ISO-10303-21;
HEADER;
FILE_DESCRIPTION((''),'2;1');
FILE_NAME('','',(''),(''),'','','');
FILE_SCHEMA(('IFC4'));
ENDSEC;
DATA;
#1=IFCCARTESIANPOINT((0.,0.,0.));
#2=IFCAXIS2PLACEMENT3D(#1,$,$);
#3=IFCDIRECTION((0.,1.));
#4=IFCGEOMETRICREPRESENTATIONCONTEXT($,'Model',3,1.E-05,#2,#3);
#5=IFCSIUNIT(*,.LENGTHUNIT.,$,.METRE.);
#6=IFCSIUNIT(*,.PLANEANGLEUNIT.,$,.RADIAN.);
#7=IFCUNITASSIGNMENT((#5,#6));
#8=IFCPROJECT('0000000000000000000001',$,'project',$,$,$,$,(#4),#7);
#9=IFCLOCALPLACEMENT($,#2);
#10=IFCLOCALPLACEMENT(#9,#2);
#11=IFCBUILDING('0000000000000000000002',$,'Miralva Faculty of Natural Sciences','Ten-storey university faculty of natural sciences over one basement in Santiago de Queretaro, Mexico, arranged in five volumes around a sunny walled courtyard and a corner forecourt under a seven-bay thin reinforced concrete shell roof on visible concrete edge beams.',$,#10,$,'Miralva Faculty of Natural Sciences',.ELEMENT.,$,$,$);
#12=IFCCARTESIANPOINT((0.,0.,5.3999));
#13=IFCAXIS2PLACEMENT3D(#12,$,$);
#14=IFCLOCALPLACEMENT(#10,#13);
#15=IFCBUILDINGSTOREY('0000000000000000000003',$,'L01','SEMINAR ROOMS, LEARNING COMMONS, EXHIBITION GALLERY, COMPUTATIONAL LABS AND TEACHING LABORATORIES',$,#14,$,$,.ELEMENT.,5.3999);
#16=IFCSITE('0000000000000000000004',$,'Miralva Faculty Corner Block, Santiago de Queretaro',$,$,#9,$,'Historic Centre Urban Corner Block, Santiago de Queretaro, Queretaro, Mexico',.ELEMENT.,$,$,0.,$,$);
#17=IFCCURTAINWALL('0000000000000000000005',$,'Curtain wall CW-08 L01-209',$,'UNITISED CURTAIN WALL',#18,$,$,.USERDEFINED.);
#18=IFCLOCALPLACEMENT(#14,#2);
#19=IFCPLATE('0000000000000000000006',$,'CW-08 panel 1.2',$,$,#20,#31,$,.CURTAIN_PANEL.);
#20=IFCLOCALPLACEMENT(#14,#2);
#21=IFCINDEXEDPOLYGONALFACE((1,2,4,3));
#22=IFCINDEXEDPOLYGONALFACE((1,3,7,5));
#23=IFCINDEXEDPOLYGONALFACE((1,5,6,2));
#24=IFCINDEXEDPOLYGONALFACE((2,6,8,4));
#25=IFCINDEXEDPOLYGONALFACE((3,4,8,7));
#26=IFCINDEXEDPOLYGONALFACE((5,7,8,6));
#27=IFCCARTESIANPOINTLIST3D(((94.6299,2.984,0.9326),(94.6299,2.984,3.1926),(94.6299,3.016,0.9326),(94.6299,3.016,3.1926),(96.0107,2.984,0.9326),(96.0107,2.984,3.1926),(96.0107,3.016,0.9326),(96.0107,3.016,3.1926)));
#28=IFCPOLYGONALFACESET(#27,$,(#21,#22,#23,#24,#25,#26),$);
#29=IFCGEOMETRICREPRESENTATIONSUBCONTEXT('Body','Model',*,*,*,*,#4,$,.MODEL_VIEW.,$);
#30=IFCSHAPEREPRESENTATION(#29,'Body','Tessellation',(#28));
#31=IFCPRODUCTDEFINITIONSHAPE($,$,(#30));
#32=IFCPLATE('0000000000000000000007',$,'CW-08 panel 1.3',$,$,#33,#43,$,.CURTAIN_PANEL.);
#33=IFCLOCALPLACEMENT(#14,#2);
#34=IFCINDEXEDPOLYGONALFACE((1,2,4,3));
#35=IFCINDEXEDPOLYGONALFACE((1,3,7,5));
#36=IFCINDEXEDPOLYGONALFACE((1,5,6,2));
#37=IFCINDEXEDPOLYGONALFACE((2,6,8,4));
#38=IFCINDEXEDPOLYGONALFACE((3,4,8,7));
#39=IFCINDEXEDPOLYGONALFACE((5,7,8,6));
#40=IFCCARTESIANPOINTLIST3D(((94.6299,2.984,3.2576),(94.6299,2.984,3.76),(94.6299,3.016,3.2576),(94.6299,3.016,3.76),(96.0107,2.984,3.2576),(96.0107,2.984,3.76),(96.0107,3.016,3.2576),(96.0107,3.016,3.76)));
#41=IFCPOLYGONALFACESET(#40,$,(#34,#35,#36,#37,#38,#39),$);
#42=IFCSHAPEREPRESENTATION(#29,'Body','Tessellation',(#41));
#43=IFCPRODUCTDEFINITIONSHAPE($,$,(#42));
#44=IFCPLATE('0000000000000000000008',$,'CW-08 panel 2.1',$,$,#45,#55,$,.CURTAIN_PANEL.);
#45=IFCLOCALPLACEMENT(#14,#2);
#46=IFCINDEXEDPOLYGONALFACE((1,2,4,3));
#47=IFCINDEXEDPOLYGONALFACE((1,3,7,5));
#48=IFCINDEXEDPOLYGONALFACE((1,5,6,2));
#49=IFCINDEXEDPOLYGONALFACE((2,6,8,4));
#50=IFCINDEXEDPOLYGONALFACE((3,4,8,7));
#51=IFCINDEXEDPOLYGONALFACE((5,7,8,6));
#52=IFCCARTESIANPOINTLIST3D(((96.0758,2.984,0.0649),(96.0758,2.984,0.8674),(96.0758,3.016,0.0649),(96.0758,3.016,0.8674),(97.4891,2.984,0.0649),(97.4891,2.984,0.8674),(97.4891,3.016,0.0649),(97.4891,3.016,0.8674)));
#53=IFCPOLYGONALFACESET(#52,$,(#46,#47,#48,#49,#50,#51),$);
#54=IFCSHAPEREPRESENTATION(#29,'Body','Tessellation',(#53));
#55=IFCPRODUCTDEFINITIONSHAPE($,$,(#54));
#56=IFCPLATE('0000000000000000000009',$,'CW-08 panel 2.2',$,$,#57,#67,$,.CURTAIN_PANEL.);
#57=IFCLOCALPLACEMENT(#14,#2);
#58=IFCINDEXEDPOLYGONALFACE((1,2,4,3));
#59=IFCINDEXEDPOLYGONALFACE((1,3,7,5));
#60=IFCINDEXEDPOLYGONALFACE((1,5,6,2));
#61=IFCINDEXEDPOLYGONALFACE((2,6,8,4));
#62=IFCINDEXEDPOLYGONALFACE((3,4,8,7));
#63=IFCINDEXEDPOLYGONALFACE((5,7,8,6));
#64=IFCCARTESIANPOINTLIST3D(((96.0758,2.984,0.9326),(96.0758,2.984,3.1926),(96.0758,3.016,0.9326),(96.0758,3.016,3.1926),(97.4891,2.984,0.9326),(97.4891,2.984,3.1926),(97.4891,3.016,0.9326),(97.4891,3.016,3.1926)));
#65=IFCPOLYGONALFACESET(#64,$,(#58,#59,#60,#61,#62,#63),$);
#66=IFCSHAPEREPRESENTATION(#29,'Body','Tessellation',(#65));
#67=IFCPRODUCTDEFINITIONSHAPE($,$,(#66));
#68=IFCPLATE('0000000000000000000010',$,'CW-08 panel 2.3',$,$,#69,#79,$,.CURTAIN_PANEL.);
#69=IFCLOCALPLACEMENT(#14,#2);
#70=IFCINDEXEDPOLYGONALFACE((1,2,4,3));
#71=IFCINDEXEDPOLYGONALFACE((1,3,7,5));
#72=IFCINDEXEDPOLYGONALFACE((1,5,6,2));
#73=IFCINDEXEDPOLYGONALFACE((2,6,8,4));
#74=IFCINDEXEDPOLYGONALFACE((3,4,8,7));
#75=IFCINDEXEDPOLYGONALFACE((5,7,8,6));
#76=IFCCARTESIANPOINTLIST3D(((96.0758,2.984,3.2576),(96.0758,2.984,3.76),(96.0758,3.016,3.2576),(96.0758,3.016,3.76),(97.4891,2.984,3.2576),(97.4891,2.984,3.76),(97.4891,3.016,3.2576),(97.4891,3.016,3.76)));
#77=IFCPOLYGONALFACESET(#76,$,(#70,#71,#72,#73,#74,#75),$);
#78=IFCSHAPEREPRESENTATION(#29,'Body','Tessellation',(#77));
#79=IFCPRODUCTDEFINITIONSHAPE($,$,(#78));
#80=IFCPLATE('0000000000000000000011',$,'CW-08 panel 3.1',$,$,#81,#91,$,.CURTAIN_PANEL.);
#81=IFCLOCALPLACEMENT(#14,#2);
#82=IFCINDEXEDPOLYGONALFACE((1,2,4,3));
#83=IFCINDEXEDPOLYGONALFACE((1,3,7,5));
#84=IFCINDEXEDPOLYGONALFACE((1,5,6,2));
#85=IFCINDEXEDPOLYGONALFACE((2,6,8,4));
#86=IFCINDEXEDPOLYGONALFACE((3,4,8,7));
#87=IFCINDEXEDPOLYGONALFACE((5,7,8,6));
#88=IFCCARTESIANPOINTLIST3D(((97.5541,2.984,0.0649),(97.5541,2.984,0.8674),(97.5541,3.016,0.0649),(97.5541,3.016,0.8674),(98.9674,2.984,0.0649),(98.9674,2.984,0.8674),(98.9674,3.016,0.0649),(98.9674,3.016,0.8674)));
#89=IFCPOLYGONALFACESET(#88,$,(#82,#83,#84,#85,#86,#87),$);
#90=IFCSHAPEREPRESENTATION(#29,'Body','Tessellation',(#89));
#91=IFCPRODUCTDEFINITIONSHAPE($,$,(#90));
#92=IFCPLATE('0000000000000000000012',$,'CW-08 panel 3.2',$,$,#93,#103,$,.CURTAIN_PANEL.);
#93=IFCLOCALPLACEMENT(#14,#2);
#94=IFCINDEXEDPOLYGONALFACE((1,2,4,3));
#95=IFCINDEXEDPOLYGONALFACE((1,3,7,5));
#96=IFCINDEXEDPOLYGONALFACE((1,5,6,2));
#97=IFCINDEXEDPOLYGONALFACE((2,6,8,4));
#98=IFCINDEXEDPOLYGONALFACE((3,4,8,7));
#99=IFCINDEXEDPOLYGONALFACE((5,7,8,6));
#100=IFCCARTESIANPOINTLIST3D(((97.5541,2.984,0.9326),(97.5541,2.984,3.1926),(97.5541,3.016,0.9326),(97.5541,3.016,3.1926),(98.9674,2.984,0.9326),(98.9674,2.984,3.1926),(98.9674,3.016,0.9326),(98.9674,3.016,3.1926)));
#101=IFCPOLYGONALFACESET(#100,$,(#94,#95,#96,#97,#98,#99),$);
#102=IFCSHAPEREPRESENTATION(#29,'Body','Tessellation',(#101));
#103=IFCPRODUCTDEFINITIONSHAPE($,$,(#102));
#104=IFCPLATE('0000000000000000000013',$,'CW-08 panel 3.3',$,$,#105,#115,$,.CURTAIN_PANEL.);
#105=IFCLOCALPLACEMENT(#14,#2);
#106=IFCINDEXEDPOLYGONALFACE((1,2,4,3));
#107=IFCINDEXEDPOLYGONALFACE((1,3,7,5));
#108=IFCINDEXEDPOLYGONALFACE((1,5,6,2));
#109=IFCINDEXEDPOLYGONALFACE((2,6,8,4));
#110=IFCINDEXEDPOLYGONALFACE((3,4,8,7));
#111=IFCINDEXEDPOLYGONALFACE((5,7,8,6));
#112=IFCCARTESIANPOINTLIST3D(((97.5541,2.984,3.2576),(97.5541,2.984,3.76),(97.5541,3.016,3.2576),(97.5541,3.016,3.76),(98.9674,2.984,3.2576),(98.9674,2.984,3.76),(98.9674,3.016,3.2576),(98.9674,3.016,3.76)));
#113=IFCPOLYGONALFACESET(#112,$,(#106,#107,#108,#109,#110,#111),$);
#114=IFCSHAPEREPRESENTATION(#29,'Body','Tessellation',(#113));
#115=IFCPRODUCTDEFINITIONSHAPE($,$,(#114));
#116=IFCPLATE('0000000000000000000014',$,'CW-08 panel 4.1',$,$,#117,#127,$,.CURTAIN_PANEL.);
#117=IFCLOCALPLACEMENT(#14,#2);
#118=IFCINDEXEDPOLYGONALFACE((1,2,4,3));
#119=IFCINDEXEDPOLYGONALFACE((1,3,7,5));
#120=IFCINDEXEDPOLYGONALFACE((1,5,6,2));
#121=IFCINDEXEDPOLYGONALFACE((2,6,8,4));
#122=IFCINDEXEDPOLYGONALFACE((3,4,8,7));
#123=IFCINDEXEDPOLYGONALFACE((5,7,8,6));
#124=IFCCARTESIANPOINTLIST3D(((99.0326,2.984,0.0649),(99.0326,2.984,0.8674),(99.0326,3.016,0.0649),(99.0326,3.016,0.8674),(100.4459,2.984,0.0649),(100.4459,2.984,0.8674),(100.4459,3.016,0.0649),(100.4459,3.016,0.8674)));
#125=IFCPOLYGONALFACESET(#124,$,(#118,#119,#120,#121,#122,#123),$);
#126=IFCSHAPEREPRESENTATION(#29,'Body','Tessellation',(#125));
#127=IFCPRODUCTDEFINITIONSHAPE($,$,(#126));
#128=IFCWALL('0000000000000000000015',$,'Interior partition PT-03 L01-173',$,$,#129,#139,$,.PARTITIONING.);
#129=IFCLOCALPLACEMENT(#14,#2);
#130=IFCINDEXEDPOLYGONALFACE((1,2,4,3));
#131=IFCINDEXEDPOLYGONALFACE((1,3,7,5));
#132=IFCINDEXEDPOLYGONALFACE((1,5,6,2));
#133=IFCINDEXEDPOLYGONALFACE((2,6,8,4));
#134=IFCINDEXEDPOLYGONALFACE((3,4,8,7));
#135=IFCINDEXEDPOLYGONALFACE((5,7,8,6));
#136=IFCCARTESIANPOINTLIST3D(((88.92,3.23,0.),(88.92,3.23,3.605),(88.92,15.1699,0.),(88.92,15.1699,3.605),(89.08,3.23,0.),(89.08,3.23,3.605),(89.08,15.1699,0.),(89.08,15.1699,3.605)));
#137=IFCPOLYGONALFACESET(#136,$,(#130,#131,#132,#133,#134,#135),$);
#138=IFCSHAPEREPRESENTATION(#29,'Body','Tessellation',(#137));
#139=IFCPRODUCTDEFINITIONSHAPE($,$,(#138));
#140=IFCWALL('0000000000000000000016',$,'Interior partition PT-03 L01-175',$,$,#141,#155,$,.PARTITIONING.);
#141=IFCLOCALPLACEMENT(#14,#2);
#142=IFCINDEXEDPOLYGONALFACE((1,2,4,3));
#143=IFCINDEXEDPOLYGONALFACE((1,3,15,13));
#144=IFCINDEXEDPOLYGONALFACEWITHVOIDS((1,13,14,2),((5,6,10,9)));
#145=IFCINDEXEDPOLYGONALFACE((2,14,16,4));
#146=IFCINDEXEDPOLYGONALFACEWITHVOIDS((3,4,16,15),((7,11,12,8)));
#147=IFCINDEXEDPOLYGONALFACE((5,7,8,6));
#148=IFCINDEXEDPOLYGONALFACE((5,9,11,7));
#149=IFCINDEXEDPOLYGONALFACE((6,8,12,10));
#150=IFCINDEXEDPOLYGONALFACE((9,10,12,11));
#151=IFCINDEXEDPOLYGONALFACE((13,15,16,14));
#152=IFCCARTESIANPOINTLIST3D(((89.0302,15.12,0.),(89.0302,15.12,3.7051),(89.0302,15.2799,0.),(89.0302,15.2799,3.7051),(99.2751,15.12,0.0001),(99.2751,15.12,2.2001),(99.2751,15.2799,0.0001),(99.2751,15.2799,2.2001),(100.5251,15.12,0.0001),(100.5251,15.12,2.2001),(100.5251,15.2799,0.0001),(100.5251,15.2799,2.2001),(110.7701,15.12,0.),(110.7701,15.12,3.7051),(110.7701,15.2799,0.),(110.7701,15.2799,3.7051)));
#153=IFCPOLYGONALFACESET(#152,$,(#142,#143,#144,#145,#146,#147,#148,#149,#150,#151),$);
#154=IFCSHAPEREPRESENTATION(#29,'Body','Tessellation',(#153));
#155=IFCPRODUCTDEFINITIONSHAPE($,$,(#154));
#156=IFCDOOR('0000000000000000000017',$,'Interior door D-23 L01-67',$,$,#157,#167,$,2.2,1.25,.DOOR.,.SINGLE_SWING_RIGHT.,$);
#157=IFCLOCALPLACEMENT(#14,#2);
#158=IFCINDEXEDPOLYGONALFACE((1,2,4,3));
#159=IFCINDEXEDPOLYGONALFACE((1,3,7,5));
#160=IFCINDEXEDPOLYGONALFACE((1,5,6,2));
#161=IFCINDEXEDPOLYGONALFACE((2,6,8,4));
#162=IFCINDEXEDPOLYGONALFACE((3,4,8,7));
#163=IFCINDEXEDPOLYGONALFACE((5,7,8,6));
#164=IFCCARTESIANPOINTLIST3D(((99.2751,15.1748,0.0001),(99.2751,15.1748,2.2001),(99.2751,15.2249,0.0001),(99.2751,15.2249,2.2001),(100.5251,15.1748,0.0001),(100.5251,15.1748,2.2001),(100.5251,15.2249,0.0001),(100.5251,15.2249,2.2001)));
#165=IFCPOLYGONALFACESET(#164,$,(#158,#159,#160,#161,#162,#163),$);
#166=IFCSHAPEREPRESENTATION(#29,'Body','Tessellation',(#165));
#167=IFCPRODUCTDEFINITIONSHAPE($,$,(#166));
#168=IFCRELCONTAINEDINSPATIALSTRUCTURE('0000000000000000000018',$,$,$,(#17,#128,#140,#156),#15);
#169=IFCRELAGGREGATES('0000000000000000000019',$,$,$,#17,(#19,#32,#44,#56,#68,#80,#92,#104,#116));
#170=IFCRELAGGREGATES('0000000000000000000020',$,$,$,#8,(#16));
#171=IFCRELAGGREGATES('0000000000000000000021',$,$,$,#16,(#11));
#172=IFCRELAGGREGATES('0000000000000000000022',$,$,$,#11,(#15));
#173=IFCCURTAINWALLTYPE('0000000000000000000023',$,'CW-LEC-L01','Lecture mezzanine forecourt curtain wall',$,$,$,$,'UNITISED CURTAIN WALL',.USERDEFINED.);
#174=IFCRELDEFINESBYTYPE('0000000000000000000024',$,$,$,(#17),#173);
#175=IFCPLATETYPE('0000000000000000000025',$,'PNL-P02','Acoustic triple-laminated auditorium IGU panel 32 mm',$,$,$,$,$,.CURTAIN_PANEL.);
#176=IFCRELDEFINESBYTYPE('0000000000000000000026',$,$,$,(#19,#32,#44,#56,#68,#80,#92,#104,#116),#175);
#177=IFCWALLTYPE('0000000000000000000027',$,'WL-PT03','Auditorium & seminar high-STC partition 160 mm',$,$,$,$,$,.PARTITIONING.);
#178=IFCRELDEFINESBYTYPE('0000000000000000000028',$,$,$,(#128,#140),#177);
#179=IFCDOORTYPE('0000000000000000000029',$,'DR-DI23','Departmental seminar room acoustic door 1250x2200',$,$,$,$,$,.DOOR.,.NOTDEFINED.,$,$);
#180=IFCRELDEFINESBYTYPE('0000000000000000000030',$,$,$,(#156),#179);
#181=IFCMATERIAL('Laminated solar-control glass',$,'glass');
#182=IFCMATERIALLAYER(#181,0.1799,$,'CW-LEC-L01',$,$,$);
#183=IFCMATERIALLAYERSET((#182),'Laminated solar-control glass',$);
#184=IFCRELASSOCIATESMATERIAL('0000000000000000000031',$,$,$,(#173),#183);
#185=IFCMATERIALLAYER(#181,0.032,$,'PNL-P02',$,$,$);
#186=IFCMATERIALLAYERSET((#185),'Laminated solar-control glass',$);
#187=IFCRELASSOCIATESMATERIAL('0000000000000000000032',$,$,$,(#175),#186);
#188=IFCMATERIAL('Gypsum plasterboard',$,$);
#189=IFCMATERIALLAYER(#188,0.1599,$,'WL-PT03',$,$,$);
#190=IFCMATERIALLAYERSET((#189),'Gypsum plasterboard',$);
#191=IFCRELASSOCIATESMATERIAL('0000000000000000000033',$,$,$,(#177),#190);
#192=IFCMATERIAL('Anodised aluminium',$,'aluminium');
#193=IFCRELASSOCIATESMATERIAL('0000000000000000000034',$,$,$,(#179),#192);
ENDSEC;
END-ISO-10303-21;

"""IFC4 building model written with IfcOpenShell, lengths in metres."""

from ifc_helpers import new_model, si_unit, direction, frame, frame_2d, origin, origin_2d, place, context, subcontext, project, spatial, rectangle, extrude, material, layer, layer_set, type_object, element, fill, aggregate, save


model = new_model("IFC4")

# Units and contexts
model_context = context("Model", 3, precision=1e-05, world=origin(), true_north=direction((0.0, 1.0)))
body_context = subcontext(model_context, "Body", "Model", "MODEL_VIEW")
ifc_project = project(units=[si_unit("LENGTHUNIT", "METRE"), si_unit("PLANEANGLEUNIT", "RADIAN")], contexts=[model_context])

# Site, building, storey
site_placement = place(None, origin())
site = spatial("IfcSite", under=ifc_project, at=site_placement, Name="Miralva Faculty Corner Block, Santiago de Queretaro", LongName="Historic Centre Urban Corner Block, Santiago de Queretaro, Queretaro, Mexico", CompositionType="ELEMENT", RefElevation=0.0)
building_placement = place(site_placement, origin())
building = spatial("IfcBuilding", under=site, at=building_placement, Name="Miralva Faculty of Natural Sciences", Description="Ten-storey university faculty of natural sciences over one basement in Santiago de Queretaro, Mexico, arranged in five volumes around a sunny walled courtyard and a corner forecourt under a seven-bay thin reinforced concrete shell roof on visible concrete edge beams.", LongName="Miralva Faculty of Natural Sciences", CompositionType="ELEMENT")
storey_placement = place(building_placement, frame((0.0, 0.0, 5.3999)))
storey = spatial("IfcBuildingStorey", under=building, at=storey_placement, Name="L01", Description="SEMINAR ROOMS, LEARNING COMMONS, EXHIBITION GALLERY, COMPUTATIONAL LABS AND TEACHING LABORATORIES", CompositionType="ELEMENT", Elevation=5.3999)

# Curtain wall, plates
ifc_material_1 = material(Name="Laminated solar-control glass", Category="glass")
ifc_layer_1 = layer(ifc_material_1, 0.1799, Name="CW-LEC-L01")
ifc_layer_set_1 = layer_set([ifc_layer_1], Name="Laminated solar-control glass")
curtain_wall_type = type_object("IfcCurtainWallType", Name="CW-LEC-L01", Description="Lecture mezzanine forecourt curtain wall", ElementType="UNITISED CURTAIN WALL", PredefinedType="USERDEFINED", material=ifc_layer_set_1)
curtain_wall_placement = place(storey_placement, origin())
curtain_wall = element("IfcCurtainWall", 1, at=curtain_wall_placement, inside=storey, type_object=curtain_wall_type, Name="Curtain wall CW-08 L01-209", ObjectType="UNITISED CURTAIN WALL", PredefinedType="USERDEFINED")
ifc_material_2 = material(Name="Anodised aluminium", Category="aluminium")
ifc_layer_2 = layer(ifc_material_1, 0.032, Name="PNL-P02")
ifc_layer_set_2 = layer_set([ifc_layer_2], Name="Laminated solar-control glass")
plate_type = type_object("IfcPlateType", Name="PNL-P02", Description="Acoustic triple-laminated auditorium IGU panel 32 mm", PredefinedType="CURTAIN_PANEL", material=ifc_layer_set_2)
plate_1_placement = place(storey_placement, frame((95.3203, 3.0, 0.9326), z_axis=(0.0, 0.0, 1.0), x_axis=(1.0, 0.0, 0.0)))
plate_1 = element("IfcPlate", 2, at=plate_1_placement, type_object=plate_type, Name="CW-08 panel 1.2", PredefinedType="CURTAIN_PANEL", context=body_context, shape_type="SweptSolid", body=[
    extrude(rectangle(XDim=1.3809, YDim=0.032, at=origin_2d()), origin(), (0.0, 0.0, 1.0), 2.26),
])
plate_2_placement = place(storey_placement, frame((95.3203, 3.0, 3.2576), z_axis=(0.0, 0.0, 1.0), x_axis=(1.0, 0.0, 0.0)))
plate_2 = element("IfcPlate", 3, at=plate_2_placement, type_object=plate_type, Name="CW-08 panel 1.3", PredefinedType="CURTAIN_PANEL", context=body_context, shape_type="SweptSolid", body=[
    extrude(rectangle(XDim=1.3809, YDim=0.032, at=origin_2d()), origin(), (0.0, 0.0, 1.0), 0.5024),
])
plate_3_placement = place(storey_placement, frame((96.7825, 3.0, 0.0649), z_axis=(0.0, 0.0, 1.0), x_axis=(1.0, 0.0, 0.0)))
plate_3 = element("IfcPlate", 4, at=plate_3_placement, type_object=plate_type, Name="CW-08 panel 2.1", PredefinedType="CURTAIN_PANEL", context=body_context, shape_type="SweptSolid", body=[
    extrude(rectangle(XDim=1.4133, YDim=0.032, at=origin_2d()), origin(), (0.0, 0.0, 1.0), 0.8025),
])
plate_4_placement = place(storey_placement, frame((96.7825, 3.0, 0.9326), z_axis=(0.0, 0.0, 1.0), x_axis=(1.0, 0.0, 0.0)))
plate_4 = element("IfcPlate", 5, at=plate_4_placement, type_object=plate_type, Name="CW-08 panel 2.2", PredefinedType="CURTAIN_PANEL", context=body_context, shape_type="SweptSolid", body=[
    extrude(rectangle(XDim=1.4133, YDim=0.032, at=origin_2d()), origin(), (0.0, 0.0, 1.0), 2.26),
])
plate_5_placement = place(storey_placement, frame((96.7825, 3.0, 3.2576), z_axis=(0.0, 0.0, 1.0), x_axis=(1.0, 0.0, 0.0)))
plate_5 = element("IfcPlate", 6, at=plate_5_placement, type_object=plate_type, Name="CW-08 panel 2.3", PredefinedType="CURTAIN_PANEL", context=body_context, shape_type="SweptSolid", body=[
    extrude(rectangle(XDim=1.4133, YDim=0.032, at=origin_2d()), origin(), (0.0, 0.0, 1.0), 0.5024),
])
plate_6_placement = place(storey_placement, frame((98.2607, 3.0, 0.0649), z_axis=(0.0, 0.0, 1.0), x_axis=(1.0, 0.0, 0.0)))
plate_6 = element("IfcPlate", 7, at=plate_6_placement, type_object=plate_type, Name="CW-08 panel 3.1", PredefinedType="CURTAIN_PANEL", context=body_context, shape_type="SweptSolid", body=[
    extrude(rectangle(XDim=1.4133, YDim=0.032, at=origin_2d()), origin(), (0.0, 0.0, 1.0), 0.8025),
])
plate_7_placement = place(storey_placement, frame((98.2607, 3.0, 0.9326), z_axis=(0.0, 0.0, 1.0), x_axis=(1.0, 0.0, 0.0)))
plate_7 = element("IfcPlate", 8, at=plate_7_placement, type_object=plate_type, Name="CW-08 panel 3.2", PredefinedType="CURTAIN_PANEL", context=body_context, shape_type="SweptSolid", body=[
    extrude(rectangle(XDim=1.4133, YDim=0.032, at=origin_2d()), origin(), (0.0, 0.0, 1.0), 2.26),
])
plate_8_placement = place(storey_placement, frame((98.2607, 3.0, 3.2576), z_axis=(0.0, 0.0, 1.0), x_axis=(1.0, 0.0, 0.0)))
plate_8 = element("IfcPlate", 9, at=plate_8_placement, type_object=plate_type, Name="CW-08 panel 3.3", PredefinedType="CURTAIN_PANEL", context=body_context, shape_type="SweptSolid", body=[
    extrude(rectangle(XDim=1.4133, YDim=0.032, at=origin_2d()), origin(), (0.0, 0.0, 1.0), 0.5024),
])
plate_9_placement = place(storey_placement, frame((99.7393, 3.0, 0.0649), z_axis=(0.0, 0.0, 1.0), x_axis=(1.0, 0.0, 0.0)))
plate_9 = element("IfcPlate", 10, at=plate_9_placement, type_object=plate_type, Name="CW-08 panel 4.1", PredefinedType="CURTAIN_PANEL", context=body_context, shape_type="SweptSolid", body=[
    extrude(rectangle(XDim=1.4133, YDim=0.032, at=origin_2d()), origin(), (0.0, 0.0, 1.0), 0.8025),
])
aggregate(curtain_wall, [plate_1, plate_2, plate_3, plate_4, plate_5, plate_6, plate_7, plate_8, plate_9])

# Wall
ifc_material_3 = material(Name="Gypsum plasterboard")
ifc_layer_3 = layer(ifc_material_3, 0.1599, Name="WL-PT03")
ifc_layer_set_3 = layer_set([ifc_layer_3], Name="Gypsum plasterboard")
wall_type = type_object("IfcWallType", Name="WL-PT03", Description="Auditorium & seminar high-STC partition 160 mm", PredefinedType="PARTITIONING", material=ifc_layer_set_3)
wall_1_placement = place(storey_placement, frame((89.0, 3.23, 0.0), z_axis=(0.0, 0.0, 1.0), x_axis=(0.0, 1.0, 0.0)))
element("IfcWall", 11, at=wall_1_placement, inside=storey, type_object=wall_type, Name="Interior partition PT-03 L01-173", PredefinedType="PARTITIONING", context=body_context, shape_type="SweptSolid", body=[
    extrude(rectangle(XDim=11.9399, YDim=0.1599, at=frame_2d((5.97, 0.0))), origin(), (0.0, 0.0, 1.0), 3.605),
])

# Wall, opening, door
wall_2_placement = place(storey_placement, frame((89.03, 15.2, 0.0), z_axis=(0.0, 0.0, 1.0), x_axis=(1.0, 0.0, 0.0)))
wall_2 = element("IfcWall", 12, at=wall_2_placement, inside=storey, type_object=wall_type, Name="Interior partition PT-03 L01-175", PredefinedType="PARTITIONING", context=body_context, shape_type="SweptSolid", body=[
    extrude(rectangle(XDim=21.74, YDim=0.1599, at=frame_2d((10.8701, 0.0))), origin(), (0.0, 0.0, 1.0), 3.7051),
])
opening_placement = place(wall_2_placement, frame((10.2451, 0.0, 0.0)))
opening = element("IfcOpeningElement", 13, at=opening_placement, cuts=wall_2, PredefinedType="OPENING", context=body_context, shape_type="SweptSolid", body=[
    extrude(rectangle(XDim=1.25, YDim=2.2, at=frame_2d((0.625, 1.1001))), frame((0.0, 0.0898, 0.0), z_axis=(0.0, -1.0, 0.0), x_axis=(1.0, 0.0, 0.0)), (0.0, 0.0, 1.0), 0.1799),
])
door_type = type_object("IfcDoorType", Name="DR-DI23", Description="Departmental seminar room acoustic door 1250x2200", OperationType="NOTDEFINED", PredefinedType="DOOR", material=ifc_material_2)
door_placement = place(opening_placement, origin())
door = element("IfcDoor", 14, at=door_placement, inside=storey, type_object=door_type, Name="Interior door D-23 L01-67", OperationType="SINGLE_SWING_RIGHT", OverallHeight=2.2, OverallWidth=1.25, PredefinedType="DOOR", context=body_context, shape_type="SweptSolid", body=[
    extrude(rectangle(XDim=1.25, YDim=2.2, at=frame_2d((0.625, 1.1001))), frame((0.0, 0.0249, 0.0), z_axis=(0.0, -1.0, 0.0), x_axis=(1.0, 0.0, 0.0)), (0.0, 0.0, 1.0), 0.05),
])
fill(opening, door)

save(model, "model.ifc")
